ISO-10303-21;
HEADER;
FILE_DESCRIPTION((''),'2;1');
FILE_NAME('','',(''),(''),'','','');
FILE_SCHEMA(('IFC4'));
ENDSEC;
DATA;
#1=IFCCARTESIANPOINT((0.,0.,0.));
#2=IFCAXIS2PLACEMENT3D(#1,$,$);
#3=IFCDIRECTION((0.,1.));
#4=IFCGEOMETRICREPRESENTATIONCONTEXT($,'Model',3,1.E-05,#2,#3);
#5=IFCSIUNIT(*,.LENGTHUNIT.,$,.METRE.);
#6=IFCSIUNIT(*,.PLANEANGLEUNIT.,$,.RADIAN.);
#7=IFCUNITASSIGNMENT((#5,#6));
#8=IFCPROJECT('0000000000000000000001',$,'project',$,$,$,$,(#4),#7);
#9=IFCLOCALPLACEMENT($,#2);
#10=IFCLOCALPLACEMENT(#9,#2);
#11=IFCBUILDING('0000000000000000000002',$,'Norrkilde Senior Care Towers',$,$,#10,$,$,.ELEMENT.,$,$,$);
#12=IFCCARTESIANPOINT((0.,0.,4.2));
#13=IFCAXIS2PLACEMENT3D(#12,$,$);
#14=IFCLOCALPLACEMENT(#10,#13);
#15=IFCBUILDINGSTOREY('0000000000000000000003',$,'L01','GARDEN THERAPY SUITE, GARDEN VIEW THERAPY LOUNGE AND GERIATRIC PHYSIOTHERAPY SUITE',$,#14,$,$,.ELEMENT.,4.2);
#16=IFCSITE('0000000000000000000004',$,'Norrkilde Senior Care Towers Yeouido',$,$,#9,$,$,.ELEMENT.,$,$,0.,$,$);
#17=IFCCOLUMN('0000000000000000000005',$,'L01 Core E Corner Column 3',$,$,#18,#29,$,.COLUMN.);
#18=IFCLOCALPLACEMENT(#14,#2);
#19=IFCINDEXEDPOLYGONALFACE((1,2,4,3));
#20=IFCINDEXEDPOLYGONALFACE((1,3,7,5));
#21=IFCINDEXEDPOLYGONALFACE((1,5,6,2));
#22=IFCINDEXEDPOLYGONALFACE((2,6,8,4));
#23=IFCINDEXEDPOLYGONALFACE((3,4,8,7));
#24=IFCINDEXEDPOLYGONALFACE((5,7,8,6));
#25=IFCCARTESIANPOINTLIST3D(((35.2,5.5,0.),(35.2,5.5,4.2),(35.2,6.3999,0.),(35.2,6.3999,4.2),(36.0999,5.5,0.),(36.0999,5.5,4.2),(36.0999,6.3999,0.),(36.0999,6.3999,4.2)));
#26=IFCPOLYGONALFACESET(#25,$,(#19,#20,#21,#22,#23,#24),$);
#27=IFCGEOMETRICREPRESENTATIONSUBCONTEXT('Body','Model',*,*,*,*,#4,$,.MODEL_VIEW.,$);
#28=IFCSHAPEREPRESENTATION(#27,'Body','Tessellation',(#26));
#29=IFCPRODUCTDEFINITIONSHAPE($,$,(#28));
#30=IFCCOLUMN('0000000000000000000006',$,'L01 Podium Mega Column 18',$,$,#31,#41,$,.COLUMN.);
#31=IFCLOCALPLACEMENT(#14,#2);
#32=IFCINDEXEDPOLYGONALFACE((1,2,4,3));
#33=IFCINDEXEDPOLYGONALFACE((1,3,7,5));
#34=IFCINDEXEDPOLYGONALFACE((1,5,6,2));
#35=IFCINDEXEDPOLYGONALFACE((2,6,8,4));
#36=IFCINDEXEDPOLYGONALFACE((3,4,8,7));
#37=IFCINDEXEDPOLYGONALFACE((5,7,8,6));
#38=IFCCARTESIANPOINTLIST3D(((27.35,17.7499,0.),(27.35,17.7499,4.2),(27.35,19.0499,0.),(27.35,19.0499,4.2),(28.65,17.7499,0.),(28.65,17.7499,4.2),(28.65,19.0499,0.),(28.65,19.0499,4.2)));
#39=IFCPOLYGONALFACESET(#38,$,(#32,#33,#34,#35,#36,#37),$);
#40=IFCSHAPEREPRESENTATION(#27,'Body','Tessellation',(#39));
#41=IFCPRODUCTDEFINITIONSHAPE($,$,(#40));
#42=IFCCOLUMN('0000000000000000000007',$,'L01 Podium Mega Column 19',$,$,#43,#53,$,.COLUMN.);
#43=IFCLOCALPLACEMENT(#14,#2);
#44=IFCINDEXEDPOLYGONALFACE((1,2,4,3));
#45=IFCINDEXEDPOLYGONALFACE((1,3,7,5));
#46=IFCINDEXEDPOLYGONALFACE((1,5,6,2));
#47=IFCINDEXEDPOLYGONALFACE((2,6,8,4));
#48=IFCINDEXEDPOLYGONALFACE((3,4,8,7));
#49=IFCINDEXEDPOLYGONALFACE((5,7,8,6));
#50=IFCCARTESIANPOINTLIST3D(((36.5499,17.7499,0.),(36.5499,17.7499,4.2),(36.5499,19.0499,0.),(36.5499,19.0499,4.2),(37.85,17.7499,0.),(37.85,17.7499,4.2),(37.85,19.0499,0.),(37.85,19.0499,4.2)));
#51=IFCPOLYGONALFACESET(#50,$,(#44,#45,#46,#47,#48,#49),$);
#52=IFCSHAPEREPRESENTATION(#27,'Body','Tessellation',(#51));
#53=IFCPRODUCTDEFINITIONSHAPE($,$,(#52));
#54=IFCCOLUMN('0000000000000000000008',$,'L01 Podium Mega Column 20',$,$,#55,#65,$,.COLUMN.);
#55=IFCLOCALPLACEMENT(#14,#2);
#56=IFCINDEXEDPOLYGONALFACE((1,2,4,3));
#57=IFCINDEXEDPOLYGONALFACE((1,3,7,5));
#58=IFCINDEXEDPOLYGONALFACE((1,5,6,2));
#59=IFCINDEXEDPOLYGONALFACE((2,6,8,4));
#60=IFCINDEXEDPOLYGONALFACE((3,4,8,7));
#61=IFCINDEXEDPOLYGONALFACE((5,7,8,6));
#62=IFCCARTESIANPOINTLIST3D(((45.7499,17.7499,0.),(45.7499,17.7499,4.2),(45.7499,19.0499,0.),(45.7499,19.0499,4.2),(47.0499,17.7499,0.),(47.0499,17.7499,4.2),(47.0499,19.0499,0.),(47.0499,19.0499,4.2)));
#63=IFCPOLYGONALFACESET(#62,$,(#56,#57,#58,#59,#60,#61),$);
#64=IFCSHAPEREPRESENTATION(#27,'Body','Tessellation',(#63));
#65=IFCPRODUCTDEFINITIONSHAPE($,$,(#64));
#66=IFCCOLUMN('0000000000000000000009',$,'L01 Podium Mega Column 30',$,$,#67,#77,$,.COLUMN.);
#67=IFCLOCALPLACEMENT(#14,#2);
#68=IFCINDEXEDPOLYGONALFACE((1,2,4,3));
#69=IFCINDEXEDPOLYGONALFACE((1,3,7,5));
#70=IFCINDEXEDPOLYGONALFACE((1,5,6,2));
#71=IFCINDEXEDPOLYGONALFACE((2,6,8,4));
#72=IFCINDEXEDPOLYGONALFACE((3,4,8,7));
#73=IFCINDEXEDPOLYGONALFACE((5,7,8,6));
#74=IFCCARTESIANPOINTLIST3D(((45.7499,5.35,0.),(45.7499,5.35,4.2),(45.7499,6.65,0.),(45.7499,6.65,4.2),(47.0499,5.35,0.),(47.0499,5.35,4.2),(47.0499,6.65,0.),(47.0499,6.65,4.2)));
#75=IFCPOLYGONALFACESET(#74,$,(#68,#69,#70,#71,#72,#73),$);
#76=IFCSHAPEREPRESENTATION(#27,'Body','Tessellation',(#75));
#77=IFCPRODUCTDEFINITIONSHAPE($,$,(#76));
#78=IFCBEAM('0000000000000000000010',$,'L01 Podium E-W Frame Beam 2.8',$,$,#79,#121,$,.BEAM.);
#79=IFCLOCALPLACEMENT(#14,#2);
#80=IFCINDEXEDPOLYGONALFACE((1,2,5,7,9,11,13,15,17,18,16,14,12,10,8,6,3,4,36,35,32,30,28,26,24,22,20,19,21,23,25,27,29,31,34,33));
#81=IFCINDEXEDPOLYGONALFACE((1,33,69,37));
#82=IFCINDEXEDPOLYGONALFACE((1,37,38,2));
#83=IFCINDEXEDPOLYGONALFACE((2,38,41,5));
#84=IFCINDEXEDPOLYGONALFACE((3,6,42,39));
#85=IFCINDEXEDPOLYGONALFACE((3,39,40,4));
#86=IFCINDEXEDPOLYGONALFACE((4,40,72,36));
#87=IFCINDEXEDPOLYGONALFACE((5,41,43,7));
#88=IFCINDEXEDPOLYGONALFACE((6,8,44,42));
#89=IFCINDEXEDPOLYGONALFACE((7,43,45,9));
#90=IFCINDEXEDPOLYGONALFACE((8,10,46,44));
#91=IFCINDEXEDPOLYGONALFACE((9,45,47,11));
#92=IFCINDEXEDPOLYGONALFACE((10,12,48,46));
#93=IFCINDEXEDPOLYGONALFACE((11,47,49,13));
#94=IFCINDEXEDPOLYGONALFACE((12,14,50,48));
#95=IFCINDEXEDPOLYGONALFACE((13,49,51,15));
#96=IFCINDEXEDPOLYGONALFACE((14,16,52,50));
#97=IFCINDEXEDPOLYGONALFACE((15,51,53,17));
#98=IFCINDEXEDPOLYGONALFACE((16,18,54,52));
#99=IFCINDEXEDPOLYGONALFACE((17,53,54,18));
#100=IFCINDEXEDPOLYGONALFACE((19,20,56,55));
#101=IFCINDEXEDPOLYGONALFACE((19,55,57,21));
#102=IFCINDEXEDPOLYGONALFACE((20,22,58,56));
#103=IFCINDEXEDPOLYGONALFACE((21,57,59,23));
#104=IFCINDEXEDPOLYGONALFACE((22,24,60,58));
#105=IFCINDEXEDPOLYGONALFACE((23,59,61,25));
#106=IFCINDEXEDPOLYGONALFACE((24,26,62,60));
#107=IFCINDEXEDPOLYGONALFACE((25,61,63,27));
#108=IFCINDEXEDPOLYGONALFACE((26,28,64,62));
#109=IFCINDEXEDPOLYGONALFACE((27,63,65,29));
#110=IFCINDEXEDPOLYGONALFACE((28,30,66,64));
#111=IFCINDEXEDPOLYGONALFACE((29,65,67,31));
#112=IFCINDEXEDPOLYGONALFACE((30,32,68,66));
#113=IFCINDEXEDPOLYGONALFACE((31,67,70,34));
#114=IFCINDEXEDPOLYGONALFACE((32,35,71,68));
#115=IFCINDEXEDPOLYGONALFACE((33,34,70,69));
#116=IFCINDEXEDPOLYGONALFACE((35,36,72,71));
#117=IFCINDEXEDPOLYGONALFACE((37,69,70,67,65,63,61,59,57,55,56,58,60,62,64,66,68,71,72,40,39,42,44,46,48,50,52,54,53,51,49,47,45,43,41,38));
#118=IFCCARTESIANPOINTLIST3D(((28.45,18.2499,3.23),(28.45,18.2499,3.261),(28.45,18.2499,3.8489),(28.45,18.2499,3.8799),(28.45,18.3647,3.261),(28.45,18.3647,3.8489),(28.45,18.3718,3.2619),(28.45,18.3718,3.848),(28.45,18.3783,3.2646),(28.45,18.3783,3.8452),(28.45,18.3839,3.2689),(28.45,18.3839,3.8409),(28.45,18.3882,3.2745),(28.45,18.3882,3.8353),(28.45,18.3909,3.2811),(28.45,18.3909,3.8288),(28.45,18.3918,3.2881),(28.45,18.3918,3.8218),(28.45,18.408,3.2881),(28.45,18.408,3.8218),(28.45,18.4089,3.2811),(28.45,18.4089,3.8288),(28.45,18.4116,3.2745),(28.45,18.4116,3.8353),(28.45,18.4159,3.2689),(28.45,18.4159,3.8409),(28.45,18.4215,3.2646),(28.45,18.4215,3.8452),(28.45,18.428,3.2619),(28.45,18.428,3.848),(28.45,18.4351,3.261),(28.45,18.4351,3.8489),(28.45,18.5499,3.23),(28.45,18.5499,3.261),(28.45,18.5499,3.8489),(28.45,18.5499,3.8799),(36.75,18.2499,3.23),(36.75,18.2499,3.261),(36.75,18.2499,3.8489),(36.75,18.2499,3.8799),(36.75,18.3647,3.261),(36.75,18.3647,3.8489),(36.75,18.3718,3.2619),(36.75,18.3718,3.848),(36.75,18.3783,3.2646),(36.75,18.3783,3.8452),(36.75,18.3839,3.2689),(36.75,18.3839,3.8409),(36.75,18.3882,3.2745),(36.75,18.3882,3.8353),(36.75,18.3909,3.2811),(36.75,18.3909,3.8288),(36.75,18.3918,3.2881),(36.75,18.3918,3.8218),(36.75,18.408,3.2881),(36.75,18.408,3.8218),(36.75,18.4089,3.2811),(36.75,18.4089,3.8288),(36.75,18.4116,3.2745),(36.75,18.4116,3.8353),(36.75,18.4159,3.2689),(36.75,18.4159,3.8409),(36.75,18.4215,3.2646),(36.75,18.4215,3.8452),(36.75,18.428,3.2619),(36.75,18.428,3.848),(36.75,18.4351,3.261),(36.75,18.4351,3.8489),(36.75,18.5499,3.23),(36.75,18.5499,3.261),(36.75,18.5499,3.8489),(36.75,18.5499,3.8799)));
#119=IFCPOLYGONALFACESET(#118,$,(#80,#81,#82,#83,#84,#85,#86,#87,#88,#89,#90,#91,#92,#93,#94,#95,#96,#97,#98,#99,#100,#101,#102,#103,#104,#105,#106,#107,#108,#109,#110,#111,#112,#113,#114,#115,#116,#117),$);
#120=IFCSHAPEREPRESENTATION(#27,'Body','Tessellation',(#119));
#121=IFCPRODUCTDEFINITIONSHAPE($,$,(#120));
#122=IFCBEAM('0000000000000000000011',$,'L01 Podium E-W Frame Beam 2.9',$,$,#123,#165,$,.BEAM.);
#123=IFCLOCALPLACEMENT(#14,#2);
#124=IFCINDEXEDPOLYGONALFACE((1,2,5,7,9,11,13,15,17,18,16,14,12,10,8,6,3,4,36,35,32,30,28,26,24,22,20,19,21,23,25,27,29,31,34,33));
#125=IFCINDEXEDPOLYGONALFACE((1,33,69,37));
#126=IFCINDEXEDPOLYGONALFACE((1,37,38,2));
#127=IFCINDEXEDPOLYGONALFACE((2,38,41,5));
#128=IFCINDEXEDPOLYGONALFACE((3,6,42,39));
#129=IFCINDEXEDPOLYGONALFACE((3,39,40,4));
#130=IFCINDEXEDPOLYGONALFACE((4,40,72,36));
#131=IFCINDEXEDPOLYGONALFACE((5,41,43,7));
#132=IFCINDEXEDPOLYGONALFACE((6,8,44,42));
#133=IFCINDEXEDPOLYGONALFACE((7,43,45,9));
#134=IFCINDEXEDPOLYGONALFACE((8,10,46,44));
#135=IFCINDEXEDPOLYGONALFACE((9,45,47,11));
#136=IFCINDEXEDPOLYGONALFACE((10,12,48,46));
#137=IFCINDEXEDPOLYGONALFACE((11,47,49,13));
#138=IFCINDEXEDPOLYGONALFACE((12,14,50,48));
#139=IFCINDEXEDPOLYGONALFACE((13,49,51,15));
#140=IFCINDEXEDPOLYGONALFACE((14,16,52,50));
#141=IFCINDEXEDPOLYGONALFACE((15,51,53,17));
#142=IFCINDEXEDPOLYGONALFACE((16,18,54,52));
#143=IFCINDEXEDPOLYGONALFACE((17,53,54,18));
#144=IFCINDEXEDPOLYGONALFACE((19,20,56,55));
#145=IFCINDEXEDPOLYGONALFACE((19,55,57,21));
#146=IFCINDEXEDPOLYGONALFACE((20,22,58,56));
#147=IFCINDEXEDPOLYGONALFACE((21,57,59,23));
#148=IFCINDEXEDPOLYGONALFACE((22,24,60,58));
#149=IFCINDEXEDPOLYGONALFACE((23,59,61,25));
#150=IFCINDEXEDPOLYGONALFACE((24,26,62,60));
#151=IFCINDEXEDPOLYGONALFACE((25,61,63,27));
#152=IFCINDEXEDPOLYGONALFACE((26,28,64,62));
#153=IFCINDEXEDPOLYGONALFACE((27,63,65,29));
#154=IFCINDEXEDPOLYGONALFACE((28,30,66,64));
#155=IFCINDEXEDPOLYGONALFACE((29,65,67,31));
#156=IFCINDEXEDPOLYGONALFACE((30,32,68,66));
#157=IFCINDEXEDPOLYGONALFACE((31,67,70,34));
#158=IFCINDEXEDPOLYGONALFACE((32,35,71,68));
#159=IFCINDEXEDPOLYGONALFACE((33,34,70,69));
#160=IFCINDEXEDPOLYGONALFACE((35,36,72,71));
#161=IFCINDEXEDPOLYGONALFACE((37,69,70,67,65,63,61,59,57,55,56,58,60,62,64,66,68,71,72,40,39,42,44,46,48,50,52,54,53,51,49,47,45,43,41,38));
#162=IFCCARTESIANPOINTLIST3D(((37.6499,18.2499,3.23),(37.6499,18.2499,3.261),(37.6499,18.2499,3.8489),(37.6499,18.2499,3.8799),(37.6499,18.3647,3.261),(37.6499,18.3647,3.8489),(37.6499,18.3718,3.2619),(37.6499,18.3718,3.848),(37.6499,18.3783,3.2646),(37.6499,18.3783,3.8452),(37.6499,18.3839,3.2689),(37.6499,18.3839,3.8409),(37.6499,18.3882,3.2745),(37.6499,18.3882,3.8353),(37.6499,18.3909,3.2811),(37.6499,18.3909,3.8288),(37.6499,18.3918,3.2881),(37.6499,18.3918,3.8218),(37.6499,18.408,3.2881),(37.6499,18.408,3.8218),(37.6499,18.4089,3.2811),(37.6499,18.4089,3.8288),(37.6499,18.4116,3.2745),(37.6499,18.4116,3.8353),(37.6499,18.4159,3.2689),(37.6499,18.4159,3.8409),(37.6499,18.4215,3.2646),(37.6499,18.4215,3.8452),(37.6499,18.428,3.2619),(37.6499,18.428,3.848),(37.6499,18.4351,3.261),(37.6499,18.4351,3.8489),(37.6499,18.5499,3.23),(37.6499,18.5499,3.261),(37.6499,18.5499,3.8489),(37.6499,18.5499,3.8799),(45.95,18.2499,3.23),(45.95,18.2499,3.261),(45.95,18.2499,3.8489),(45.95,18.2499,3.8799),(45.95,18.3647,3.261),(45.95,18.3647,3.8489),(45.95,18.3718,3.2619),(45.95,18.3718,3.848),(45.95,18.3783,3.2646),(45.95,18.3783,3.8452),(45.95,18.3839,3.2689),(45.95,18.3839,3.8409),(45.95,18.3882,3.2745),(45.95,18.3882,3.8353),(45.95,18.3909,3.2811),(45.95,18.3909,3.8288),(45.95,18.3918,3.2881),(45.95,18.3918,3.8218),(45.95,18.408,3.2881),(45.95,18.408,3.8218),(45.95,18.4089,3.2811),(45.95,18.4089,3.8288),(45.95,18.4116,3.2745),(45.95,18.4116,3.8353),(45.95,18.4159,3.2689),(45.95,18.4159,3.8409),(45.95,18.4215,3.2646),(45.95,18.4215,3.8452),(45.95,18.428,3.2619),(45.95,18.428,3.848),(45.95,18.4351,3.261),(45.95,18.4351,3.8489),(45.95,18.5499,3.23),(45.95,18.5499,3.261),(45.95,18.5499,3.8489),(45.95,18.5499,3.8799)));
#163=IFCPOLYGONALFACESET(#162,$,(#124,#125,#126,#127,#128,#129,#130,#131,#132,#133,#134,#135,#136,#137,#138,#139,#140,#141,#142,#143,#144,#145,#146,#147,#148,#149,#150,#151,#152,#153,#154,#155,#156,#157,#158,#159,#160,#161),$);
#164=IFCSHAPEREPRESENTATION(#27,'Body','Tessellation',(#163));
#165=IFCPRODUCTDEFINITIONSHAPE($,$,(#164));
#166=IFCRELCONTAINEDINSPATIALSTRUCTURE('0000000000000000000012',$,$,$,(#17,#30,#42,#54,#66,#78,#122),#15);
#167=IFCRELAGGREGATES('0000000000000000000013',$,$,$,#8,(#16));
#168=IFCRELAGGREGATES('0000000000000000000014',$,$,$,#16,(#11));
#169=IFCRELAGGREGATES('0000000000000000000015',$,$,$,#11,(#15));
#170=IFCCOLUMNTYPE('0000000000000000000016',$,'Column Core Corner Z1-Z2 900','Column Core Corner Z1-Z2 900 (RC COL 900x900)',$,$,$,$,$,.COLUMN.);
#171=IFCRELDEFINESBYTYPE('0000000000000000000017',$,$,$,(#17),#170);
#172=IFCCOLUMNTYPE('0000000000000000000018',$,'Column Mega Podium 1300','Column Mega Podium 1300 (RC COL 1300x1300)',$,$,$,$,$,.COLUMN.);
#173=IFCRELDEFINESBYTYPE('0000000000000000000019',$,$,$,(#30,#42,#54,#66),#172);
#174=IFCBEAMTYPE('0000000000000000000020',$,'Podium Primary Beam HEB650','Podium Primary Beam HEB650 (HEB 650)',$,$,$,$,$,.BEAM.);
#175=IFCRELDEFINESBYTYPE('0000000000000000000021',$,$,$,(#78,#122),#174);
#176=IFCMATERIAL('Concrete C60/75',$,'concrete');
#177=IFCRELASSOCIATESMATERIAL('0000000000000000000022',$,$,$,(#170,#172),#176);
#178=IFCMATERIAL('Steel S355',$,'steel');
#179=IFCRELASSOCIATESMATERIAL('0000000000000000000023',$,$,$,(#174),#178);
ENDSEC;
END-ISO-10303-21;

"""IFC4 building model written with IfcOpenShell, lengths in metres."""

from ifc_helpers import new_model, si_unit, direction, frame, origin, origin_2d, place, context, subcontext, project, spatial, rectangle, i_section, extrude, source, transform, mapped, material, material_profile, profile_set, type_object, type_shapes, element, save


model = new_model("IFC4")

# Units and contexts
model_context = context("Model", 3, precision=1e-05, world=origin(), true_north=direction((0.0, 1.0)))
body_context = subcontext(model_context, "Body", "Model", "MODEL_VIEW")
ifc_project = project(units=[si_unit("LENGTHUNIT", "METRE"), si_unit("PLANEANGLEUNIT", "RADIAN")], contexts=[model_context])

# Site, building, storey
site_placement = place(None, origin())
site = spatial("IfcSite", under=ifc_project, at=site_placement, Name="Norrkilde Senior Care Towers Yeouido", CompositionType="ELEMENT", RefElevation=0.0)
building_placement = place(site_placement, origin())
building = spatial("IfcBuilding", under=site, at=building_placement, Name="Norrkilde Senior Care Towers", CompositionType="ELEMENT")
storey_placement = place(building_placement, frame((0.0, 0.0, 4.2)))
storey = spatial("IfcBuildingStorey", under=building, at=storey_placement, Name="L01", Description="GARDEN THERAPY SUITE, GARDEN VIEW THERAPY LOUNGE AND GERIATRIC PHYSIOTHERAPY SUITE", CompositionType="ELEMENT", Elevation=4.2)

# Columns
ifc_material_1 = material(Name="Concrete C60/75", Category="concrete")
ifc_material_profile_1 = material_profile(ifc_material_1, rectangle(XDim=0.8999, YDim=0.8999, at=origin_2d()), Name="RC COL 900x900")
ifc_profile_set_1 = profile_set([ifc_material_profile_1], Name="Concrete C60/75")
column_type_1 = type_object("IfcColumnType", Name="Column Core Corner Z1-Z2 900", Description="Column Core Corner Z1-Z2 900 (RC COL 900x900)", PredefinedType="COLUMN", material=ifc_profile_set_1)
shared_shape_1 = source(origin(), body_context, "Body", "SweptSolid", [
    extrude(rectangle(XDim=0.8999, YDim=0.8999, at=origin_2d()), origin(), (0.0, 0.0, 1.0), 4.2),
])
type_shapes(column_type_1, [shared_shape_1])
column_placement = place(storey_placement, frame((35.6499, 5.95, 0.0), z_axis=(0.0, 0.0, 1.0), x_axis=(1.0, 0.0, 0.0)))
element("IfcColumn", 1, at=column_placement, inside=storey, type_object=column_type_1, Name="L01 Core E Corner Column 3", PredefinedType="COLUMN", context=body_context, shape_type="MappedRepresentation", body=[
    mapped(shared_shape_1, transform((0.0, 0.0, 0.0), x_axis=(1.0, 0.0, 0.0), y_axis=(0.0, 1.0, 0.0), z_axis=(0.0, 0.0, 1.0), scale=1.0)),
])
ifc_material_profile_2 = material_profile(ifc_material_1, rectangle(XDim=1.3, YDim=1.3, at=origin_2d()), Name="RC COL 1300x1300")
ifc_profile_set_2 = profile_set([ifc_material_profile_2], Name="Concrete C60/75")
column_type_2 = type_object("IfcColumnType", Name="Column Mega Podium 1300", Description="Column Mega Podium 1300 (RC COL 1300x1300)", PredefinedType="COLUMN", material=ifc_profile_set_2)
shared_shape_2 = source(origin(), body_context, "Body", "SweptSolid", [
    extrude(rectangle(XDim=1.3, YDim=1.3, at=origin_2d()), origin(), (0.0, 0.0, 1.0), 4.2),
])
type_shapes(column_type_2, [shared_shape_2])
for number, where, z_axis, x_axis, name in (
    (2, (28.0, 18.3999, 0.0), (0.0, 0.0, 1.0), (1.0, 0.0, 0.0), "L01 Podium Mega Column 18"),
    (3, (37.2, 18.3999, 0.0), (0.0, 0.0, 1.0), (1.0, 0.0, 0.0), "L01 Podium Mega Column 19"),
    (4, (46.3999, 18.3999, 0.0), (0.0, 0.0, 1.0), (1.0, 0.0, 0.0), "L01 Podium Mega Column 20"),
    (5, (46.3999, 6.0, 0.0), (0.0, 0.0, 1.0), (1.0, 0.0, 0.0), "L01 Podium Mega Column 30"),
):
    element("IfcColumn", number, at=place(storey_placement, frame(where, z_axis=z_axis, x_axis=x_axis)), inside=storey, type_object=column_type_2, Name=name, PredefinedType="COLUMN", context=body_context, shape_type="MappedRepresentation", body=[
        mapped(shared_shape_2, transform((0.0, 0.0, 0.0), x_axis=(1.0, 0.0, 0.0), y_axis=(0.0, 1.0, 0.0), z_axis=(0.0, 0.0, 1.0), scale=1.0)),
    ])

# Beams
ifc_material_2 = material(Name="Steel S355", Category="steel")
ifc_material_profile_3 = material_profile(ifc_material_2, i_section(OverallWidth=0.3, OverallDepth=0.6499, WebThickness=0.0161, FlangeThickness=0.031, FilletRadius=0.0271, at=origin_2d()), Name="HEB 650")
ifc_profile_set_3 = profile_set([ifc_material_profile_3], Name="Steel S355")
beam_type = type_object("IfcBeamType", Name="Podium Primary Beam HEB650", Description="Podium Primary Beam HEB650 (HEB 650)", PredefinedType="BEAM", material=ifc_profile_set_3)
shared_shape_3 = source(origin(), body_context, "Body", "SweptSolid", [
    extrude(i_section(OverallWidth=0.3, OverallDepth=0.6499, WebThickness=0.0161, FlangeThickness=0.031, FilletRadius=0.0271, at=origin_2d()), origin(), (0.0, 0.0, 1.0), 8.3),
])
for number, where, z_axis, x_axis, name in (
    (6, (28.45, 18.3999, 3.5549), (1.0, 0.0, 0.0), (0.0, 1.0, 0.0), "L01 Podium E-W Frame Beam 2.8"),
    (7, (37.6499, 18.3999, 3.5549), (1.0, 0.0, 0.0), (0.0, 1.0, 0.0), "L01 Podium E-W Frame Beam 2.9"),
):
    element("IfcBeam", number, at=place(storey_placement, frame(where, z_axis=z_axis, x_axis=x_axis)), inside=storey, type_object=beam_type, Name=name, PredefinedType="BEAM", context=body_context, shape_type="MappedRepresentation", body=[
        mapped(shared_shape_3, transform((0.0, 0.0, 0.0), x_axis=(1.0, 0.0, 0.0), y_axis=(0.0, 1.0, 0.0), z_axis=(0.0, 0.0, 1.0), scale=1.0)),
    ])

save(model, "model.ifc")
